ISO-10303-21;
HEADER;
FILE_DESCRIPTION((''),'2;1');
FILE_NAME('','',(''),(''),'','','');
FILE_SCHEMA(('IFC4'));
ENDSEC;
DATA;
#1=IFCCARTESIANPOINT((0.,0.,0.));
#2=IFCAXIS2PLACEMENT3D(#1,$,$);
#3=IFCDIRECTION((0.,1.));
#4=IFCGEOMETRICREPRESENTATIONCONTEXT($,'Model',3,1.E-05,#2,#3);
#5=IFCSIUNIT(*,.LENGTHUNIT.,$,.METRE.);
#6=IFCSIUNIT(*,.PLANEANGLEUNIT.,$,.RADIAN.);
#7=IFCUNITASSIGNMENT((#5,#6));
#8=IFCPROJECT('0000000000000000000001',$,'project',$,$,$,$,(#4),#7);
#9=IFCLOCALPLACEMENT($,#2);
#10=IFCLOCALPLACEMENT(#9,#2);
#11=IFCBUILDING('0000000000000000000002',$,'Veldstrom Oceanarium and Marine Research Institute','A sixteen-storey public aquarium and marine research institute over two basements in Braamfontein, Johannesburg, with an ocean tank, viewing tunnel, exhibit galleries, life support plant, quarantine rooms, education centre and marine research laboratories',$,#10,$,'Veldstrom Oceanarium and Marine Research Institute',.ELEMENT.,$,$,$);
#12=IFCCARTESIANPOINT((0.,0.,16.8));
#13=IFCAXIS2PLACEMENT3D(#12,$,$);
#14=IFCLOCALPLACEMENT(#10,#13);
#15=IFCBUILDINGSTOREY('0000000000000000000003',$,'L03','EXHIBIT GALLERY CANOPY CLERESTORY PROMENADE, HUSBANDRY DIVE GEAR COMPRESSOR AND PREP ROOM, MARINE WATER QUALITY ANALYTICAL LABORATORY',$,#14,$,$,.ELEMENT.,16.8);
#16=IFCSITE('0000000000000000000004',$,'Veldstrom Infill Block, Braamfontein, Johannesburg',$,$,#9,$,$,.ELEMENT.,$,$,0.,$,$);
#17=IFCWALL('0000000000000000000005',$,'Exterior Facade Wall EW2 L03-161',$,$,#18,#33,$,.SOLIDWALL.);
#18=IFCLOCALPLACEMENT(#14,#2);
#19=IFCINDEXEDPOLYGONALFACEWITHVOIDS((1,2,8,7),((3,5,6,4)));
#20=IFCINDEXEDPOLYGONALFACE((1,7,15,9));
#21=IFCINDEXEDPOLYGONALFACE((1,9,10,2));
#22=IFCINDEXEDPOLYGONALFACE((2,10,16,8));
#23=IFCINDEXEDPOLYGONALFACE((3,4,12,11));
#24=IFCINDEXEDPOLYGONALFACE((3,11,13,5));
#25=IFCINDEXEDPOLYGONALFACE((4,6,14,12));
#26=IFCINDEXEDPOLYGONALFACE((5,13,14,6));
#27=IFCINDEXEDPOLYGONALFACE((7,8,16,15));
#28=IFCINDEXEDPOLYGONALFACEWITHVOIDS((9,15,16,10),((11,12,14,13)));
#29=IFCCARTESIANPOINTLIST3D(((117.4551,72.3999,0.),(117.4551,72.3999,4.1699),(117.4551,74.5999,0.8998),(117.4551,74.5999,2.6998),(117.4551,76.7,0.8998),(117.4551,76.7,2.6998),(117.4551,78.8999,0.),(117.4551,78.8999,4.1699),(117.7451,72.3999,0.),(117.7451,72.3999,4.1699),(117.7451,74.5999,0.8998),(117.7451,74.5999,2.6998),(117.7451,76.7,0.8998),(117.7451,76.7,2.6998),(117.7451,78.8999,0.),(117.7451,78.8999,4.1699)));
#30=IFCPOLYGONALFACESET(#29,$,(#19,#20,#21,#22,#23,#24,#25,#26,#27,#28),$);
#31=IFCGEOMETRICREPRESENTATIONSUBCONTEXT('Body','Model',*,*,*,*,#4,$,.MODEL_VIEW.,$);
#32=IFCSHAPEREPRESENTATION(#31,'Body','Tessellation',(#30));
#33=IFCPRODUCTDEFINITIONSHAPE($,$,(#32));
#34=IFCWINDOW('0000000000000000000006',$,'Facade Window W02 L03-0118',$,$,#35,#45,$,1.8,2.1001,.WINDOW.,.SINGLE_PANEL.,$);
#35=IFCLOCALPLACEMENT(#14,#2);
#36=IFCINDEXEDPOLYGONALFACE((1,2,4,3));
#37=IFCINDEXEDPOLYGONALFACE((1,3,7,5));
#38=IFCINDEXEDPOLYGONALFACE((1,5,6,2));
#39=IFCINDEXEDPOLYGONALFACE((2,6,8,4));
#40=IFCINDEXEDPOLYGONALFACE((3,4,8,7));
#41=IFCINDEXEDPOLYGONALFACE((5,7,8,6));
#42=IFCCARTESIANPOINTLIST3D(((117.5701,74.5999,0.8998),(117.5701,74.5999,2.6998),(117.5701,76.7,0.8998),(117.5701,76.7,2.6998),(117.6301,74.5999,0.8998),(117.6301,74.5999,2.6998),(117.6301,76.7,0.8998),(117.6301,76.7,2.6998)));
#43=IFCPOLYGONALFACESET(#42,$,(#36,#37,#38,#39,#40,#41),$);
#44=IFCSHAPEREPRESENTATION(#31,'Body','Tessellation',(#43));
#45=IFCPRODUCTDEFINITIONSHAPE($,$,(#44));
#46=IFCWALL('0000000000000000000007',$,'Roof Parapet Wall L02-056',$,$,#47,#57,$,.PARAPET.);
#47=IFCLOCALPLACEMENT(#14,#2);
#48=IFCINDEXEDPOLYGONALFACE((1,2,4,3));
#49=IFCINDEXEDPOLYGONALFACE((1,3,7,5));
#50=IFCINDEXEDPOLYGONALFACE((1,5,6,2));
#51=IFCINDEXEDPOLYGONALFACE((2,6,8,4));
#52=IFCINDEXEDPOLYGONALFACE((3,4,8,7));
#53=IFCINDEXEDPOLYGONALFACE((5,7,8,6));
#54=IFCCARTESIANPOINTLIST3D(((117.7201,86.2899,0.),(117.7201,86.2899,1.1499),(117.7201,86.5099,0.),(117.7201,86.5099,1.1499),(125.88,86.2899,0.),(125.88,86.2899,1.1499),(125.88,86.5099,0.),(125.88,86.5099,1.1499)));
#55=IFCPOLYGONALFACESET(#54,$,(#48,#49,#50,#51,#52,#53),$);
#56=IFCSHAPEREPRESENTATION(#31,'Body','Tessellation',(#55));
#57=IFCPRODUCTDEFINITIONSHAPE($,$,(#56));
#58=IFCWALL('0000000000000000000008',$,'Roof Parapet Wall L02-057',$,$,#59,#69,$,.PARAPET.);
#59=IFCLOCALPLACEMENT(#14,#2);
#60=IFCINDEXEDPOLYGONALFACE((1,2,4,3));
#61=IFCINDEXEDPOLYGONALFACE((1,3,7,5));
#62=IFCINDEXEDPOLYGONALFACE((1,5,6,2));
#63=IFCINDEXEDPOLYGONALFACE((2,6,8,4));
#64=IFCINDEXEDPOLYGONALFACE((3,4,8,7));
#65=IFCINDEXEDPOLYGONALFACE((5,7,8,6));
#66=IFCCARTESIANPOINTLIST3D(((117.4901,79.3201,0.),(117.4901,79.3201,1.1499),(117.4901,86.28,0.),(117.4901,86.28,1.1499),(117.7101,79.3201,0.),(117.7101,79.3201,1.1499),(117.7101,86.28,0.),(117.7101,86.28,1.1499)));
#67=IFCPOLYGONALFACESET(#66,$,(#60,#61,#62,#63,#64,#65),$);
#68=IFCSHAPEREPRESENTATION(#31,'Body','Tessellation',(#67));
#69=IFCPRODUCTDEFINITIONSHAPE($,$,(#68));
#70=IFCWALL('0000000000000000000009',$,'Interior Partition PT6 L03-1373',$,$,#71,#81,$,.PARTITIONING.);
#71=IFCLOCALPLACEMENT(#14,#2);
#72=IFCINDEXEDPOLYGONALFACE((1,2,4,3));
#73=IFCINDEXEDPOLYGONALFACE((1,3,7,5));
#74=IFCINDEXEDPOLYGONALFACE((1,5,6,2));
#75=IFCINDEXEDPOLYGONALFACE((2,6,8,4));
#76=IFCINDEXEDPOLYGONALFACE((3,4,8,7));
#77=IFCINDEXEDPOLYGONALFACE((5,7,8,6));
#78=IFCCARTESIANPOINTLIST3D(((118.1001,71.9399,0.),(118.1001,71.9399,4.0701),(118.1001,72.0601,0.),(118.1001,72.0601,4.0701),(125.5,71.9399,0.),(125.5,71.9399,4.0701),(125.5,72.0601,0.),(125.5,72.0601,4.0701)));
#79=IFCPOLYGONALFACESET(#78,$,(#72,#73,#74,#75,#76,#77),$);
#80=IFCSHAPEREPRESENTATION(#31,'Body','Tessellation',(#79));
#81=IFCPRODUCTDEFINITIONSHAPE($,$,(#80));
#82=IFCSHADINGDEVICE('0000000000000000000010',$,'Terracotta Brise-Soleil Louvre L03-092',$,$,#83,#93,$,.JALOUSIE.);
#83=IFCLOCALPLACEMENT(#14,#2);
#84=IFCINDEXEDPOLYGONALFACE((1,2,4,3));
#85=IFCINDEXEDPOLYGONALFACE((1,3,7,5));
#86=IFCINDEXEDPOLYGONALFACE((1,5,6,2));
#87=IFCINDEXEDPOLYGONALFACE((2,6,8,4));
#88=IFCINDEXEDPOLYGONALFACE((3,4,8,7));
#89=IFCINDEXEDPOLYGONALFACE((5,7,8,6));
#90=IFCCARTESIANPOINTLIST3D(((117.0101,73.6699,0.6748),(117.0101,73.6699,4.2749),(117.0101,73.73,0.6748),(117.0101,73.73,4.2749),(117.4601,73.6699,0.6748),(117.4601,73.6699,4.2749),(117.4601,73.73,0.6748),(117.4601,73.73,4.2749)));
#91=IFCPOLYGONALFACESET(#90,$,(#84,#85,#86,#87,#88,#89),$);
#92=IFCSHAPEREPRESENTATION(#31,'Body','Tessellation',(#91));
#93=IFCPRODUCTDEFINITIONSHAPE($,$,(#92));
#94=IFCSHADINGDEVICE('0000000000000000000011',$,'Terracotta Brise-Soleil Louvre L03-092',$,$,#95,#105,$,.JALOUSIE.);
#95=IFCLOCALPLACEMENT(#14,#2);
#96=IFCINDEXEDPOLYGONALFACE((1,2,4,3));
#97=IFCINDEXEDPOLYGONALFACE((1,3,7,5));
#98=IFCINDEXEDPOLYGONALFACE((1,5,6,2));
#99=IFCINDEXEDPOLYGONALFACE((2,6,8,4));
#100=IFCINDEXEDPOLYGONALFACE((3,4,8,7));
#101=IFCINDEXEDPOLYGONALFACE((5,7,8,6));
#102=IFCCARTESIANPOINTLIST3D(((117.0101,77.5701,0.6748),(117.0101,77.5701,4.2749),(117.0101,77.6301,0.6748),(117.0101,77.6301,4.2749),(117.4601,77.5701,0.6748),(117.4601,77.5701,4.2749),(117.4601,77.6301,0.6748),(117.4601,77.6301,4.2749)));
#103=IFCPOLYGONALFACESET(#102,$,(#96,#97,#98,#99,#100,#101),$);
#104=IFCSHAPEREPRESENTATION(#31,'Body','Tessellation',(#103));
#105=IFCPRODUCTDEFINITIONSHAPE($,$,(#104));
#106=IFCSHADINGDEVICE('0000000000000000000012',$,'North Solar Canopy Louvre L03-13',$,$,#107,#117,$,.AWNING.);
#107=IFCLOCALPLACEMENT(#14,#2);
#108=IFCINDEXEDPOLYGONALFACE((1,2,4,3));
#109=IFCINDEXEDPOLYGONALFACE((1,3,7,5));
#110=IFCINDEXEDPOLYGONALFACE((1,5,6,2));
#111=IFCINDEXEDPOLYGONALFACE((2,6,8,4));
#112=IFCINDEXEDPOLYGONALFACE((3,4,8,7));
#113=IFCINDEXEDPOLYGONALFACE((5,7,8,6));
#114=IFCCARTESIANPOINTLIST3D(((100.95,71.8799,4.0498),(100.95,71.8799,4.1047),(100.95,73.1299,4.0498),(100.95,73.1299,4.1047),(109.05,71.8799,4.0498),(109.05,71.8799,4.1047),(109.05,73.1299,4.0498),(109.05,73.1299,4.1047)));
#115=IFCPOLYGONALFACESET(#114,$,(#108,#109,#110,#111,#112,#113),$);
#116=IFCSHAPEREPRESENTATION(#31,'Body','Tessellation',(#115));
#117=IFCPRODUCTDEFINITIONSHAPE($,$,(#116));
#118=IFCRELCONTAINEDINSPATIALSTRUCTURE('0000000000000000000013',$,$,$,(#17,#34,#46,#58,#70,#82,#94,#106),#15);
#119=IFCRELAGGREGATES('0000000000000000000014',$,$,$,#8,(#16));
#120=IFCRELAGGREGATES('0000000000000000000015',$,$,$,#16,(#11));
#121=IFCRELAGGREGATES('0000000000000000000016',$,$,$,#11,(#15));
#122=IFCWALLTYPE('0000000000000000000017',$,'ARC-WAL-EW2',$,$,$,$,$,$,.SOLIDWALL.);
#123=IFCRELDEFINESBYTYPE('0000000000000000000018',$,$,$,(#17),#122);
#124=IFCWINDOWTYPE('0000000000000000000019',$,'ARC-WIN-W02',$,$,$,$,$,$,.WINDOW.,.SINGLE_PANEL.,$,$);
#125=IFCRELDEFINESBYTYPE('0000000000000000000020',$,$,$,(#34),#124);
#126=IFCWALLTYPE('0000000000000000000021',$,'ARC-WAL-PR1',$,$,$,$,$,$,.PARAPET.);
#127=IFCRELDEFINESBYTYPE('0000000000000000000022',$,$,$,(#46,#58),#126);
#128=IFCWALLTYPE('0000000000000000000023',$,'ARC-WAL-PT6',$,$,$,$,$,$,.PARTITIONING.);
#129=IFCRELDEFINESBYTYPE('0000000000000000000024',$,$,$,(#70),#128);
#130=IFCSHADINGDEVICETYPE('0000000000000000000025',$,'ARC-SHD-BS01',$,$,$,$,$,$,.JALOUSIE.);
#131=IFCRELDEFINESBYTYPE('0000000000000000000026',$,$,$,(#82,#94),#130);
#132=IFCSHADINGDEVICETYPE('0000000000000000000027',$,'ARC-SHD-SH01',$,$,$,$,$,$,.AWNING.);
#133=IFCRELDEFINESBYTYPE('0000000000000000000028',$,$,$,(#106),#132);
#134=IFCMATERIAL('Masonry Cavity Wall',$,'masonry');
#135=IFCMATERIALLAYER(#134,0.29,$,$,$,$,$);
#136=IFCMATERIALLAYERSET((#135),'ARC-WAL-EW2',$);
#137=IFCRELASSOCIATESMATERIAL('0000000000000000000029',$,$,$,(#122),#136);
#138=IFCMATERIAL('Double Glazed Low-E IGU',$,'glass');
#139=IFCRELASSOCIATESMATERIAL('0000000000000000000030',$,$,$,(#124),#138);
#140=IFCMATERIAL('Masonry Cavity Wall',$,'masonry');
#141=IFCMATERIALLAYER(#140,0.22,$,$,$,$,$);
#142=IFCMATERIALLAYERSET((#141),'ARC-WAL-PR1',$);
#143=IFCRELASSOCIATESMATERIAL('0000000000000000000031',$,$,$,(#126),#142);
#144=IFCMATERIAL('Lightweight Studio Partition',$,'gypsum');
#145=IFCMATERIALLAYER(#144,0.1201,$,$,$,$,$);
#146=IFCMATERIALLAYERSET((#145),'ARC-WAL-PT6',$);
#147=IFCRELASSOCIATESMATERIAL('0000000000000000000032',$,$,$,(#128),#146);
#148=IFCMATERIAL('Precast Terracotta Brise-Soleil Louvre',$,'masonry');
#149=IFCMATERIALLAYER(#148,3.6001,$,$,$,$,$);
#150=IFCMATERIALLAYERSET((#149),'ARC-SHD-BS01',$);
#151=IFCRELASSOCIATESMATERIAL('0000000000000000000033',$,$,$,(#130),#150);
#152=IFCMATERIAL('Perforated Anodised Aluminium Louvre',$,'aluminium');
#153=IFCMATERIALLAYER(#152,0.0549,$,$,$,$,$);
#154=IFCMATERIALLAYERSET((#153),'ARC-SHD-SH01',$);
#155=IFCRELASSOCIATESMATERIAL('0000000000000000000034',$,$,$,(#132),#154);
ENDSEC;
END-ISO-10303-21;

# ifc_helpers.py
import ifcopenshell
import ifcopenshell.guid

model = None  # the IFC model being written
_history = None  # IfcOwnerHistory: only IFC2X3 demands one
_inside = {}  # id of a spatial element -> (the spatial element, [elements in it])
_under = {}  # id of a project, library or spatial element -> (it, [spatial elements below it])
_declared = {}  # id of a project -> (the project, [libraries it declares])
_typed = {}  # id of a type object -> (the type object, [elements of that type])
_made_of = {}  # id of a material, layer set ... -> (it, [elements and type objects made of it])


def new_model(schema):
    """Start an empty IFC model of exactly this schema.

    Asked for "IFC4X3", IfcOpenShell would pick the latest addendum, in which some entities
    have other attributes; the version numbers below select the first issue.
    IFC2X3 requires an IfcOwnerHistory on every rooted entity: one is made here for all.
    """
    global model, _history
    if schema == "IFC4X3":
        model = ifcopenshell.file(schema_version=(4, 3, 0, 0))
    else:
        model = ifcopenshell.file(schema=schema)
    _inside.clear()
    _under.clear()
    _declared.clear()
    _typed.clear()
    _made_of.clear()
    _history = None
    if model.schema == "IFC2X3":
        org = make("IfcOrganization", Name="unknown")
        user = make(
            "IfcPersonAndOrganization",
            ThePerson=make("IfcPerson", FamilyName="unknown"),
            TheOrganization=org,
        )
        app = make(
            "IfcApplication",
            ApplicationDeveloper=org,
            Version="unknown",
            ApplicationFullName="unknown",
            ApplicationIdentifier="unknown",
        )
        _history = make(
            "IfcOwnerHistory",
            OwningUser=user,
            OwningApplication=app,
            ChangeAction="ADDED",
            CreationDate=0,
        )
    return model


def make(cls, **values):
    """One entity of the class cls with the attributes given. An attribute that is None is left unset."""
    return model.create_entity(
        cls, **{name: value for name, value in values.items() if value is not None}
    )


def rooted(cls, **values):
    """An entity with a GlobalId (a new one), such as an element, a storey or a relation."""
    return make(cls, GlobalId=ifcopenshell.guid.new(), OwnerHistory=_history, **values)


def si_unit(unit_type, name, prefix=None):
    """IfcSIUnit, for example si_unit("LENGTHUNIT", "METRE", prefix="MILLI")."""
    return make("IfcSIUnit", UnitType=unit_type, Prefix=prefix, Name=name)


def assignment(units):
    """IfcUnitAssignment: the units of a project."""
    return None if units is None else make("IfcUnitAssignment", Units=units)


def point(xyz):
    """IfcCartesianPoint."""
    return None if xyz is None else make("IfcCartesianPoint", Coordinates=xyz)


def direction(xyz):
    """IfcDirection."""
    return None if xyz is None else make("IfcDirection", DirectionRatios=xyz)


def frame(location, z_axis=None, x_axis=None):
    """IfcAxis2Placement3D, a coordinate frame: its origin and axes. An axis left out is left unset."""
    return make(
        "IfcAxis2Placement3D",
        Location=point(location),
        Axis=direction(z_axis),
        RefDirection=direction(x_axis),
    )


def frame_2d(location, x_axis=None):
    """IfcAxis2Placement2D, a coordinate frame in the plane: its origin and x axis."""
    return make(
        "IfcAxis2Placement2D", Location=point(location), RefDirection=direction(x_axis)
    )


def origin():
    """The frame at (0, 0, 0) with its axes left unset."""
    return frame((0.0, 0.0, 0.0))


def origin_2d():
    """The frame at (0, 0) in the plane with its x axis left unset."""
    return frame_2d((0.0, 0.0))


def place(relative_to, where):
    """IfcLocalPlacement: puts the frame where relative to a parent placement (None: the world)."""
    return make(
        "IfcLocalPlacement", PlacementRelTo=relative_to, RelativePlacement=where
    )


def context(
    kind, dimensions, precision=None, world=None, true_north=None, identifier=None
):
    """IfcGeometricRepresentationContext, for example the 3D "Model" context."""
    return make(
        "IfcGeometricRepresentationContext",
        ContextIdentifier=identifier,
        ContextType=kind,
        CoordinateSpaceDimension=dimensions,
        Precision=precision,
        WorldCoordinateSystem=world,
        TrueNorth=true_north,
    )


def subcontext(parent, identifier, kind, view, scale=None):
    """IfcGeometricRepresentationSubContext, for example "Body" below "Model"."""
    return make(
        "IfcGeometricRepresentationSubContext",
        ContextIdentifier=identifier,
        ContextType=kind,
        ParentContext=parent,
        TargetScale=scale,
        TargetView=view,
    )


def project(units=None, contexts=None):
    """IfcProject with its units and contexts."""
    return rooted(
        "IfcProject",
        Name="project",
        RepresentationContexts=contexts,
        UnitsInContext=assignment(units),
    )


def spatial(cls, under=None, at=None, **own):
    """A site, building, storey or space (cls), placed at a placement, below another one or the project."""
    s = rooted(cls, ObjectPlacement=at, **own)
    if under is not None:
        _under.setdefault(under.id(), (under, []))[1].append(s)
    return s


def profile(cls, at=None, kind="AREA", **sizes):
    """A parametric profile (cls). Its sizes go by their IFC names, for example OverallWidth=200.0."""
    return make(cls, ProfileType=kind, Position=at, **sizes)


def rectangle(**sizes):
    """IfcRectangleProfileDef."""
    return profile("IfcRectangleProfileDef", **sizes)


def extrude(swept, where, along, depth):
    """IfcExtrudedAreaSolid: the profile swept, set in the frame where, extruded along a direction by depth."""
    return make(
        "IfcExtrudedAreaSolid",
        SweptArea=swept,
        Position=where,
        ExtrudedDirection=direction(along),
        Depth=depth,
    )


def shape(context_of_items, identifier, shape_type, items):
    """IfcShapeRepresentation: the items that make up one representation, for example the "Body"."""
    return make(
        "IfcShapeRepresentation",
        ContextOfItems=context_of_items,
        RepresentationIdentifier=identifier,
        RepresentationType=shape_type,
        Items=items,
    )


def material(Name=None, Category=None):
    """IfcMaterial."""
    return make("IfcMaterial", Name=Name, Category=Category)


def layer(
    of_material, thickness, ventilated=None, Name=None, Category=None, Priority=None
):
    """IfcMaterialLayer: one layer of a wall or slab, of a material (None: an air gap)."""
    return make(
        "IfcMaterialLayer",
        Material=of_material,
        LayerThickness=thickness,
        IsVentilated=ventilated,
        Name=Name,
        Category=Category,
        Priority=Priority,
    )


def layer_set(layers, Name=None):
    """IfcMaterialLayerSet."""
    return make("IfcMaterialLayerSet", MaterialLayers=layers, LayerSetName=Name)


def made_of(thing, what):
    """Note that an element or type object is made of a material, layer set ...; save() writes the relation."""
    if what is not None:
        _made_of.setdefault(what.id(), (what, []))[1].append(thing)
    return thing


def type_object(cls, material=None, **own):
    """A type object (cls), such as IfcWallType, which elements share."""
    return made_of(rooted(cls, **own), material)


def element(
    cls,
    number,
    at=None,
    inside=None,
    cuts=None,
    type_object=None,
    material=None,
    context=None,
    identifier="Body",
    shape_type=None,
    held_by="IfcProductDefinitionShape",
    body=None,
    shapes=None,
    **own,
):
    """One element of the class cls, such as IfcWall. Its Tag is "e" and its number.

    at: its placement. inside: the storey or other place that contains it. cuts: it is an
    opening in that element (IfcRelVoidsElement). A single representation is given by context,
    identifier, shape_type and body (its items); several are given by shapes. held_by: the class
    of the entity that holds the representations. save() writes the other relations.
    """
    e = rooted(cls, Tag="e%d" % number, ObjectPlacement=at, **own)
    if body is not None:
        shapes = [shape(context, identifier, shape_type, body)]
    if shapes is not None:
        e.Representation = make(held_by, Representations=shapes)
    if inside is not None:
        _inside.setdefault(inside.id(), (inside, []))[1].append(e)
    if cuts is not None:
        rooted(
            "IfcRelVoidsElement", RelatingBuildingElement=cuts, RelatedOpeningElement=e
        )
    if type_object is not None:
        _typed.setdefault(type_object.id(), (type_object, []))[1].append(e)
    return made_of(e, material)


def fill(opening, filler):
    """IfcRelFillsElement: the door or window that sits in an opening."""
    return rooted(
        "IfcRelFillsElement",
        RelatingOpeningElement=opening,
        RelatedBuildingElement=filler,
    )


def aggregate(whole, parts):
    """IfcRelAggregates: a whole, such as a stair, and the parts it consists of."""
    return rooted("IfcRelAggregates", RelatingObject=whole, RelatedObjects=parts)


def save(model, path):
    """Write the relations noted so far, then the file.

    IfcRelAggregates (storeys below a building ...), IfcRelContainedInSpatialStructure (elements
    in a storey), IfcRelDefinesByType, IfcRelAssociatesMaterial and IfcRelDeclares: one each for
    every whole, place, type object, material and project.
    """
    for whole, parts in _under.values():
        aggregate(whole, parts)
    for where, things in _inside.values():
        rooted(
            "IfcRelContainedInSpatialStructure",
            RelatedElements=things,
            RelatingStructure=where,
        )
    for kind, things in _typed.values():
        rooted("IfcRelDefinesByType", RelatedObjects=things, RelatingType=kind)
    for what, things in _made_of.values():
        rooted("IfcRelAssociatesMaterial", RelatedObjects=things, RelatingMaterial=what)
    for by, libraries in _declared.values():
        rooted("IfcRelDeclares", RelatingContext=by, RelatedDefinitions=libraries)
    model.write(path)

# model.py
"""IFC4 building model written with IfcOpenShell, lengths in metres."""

from ifc_helpers import new_model, si_unit, direction, frame, frame_2d, origin, origin_2d, place, context, subcontext, project, spatial, rectangle, extrude, material, layer, layer_set, type_object, element, fill, save


model = new_model("IFC4")

# Units and contexts
model_context = context("Model", 3, precision=1e-05, world=origin(), true_north=direction((0.0, 1.0)))
body_context = subcontext(model_context, "Body", "Model", "MODEL_VIEW")
ifc_project = project(units=[si_unit("LENGTHUNIT", "METRE"), si_unit("PLANEANGLEUNIT", "RADIAN")], contexts=[model_context])

# Site, building, storey
site_placement = place(None, origin())
site = spatial("IfcSite", under=ifc_project, at=site_placement, Name="Veldstrom Infill Block, Braamfontein, Johannesburg", CompositionType="ELEMENT", RefElevation=0.0)
building_placement = place(site_placement, origin())
building = spatial("IfcBuilding", under=site, at=building_placement, Name="Veldstrom Oceanarium and Marine Research Institute", Description="A sixteen-storey public aquarium and marine research institute over two basements in Braamfontein, Johannesburg, with an ocean tank, viewing tunnel, exhibit galleries, life support plant, quarantine rooms, education centre and marine research laboratories", LongName="Veldstrom Oceanarium and Marine Research Institute", CompositionType="ELEMENT")
storey_placement = place(building_placement, frame((0.0, 0.0, 16.8)))
storey = spatial("IfcBuildingStorey", under=building, at=storey_placement, Name="L03", Description="EXHIBIT GALLERY CANOPY CLERESTORY PROMENADE, HUSBANDRY DIVE GEAR COMPRESSOR AND PREP ROOM, MARINE WATER QUALITY ANALYTICAL LABORATORY", CompositionType="ELEMENT", Elevation=16.8)

# Wall, opening, window
ifc_material_1 = material(Name="Masonry Cavity Wall", Category="masonry")
ifc_layer_1 = layer(ifc_material_1, 0.29)
ifc_layer_set_1 = layer_set([ifc_layer_1], Name="ARC-WAL-EW2")
wall_type_1 = type_object("IfcWallType", Name="ARC-WAL-EW2", PredefinedType="SOLIDWALL", material=ifc_layer_set_1)
wall_1_placement = place(storey_placement, frame((117.6001, 72.3999, 0.0), z_axis=(0.0, 0.0, 1.0), x_axis=(0.0, 1.0, 0.0)))
wall_1 = element("IfcWall", 1, at=wall_1_placement, inside=storey, type_object=wall_type_1, Name="Exterior Facade Wall EW2 L03-161", PredefinedType="SOLIDWALL", context=body_context, shape_type="SweptSolid", body=[
    extrude(rectangle(XDim=6.5, YDim=0.29, at=frame_2d((3.25, 0.0))), origin(), (0.0, 0.0, 1.0), 4.1699),
])
opening_placement = place(wall_1_placement, frame((2.2, 0.0, 0.8999)))
opening = element("IfcOpeningElement", 2, at=opening_placement, cuts=wall_1, PredefinedType="OPENING", context=body_context, shape_type="SweptSolid", body=[
    extrude(rectangle(XDim=2.1001, YDim=1.8, at=frame_2d((1.05, 0.8999))), frame((0.0, 0.155, 0.0), z_axis=(0.0, -1.0, 0.0), x_axis=(1.0, 0.0, 0.0)), (0.0, 0.0, 1.0), 0.3101),
])
ifc_material_2 = material(Name="Double Glazed Low-E IGU", Category="glass")
window_type = type_object("IfcWindowType", Name="ARC-WIN-W02", PartitioningType="SINGLE_PANEL", PredefinedType="WINDOW", material=ifc_material_2)
window_placement = place(opening_placement, origin())
window = element("IfcWindow", 3, at=window_placement, inside=storey, type_object=window_type, Name="Facade Window W02 L03-0118", OverallHeight=1.8, OverallWidth=2.1001, PartitioningType="SINGLE_PANEL", PredefinedType="WINDOW", context=body_context, shape_type="SweptSolid", body=[
    extrude(rectangle(XDim=2.1001, YDim=1.8, at=frame_2d((1.05, 0.8999))), frame((0.0, 0.03, 0.0), z_axis=(0.0, -1.0, 0.0), x_axis=(1.0, 0.0, 0.0)), (0.0, 0.0, 1.0), 0.0601),
])
fill(opening, window)

# Walls
ifc_material_3 = material(Name="Masonry Cavity Wall", Category="masonry")
ifc_layer_2 = layer(ifc_material_3, 0.22)
ifc_layer_set_2 = layer_set([ifc_layer_2], Name="ARC-WAL-PR1")
wall_type_2 = type_object("IfcWallType", Name="ARC-WAL-PR1", PredefinedType="PARAPET", material=ifc_layer_set_2)
wall_2_placement = place(storey_placement, frame((117.72, 86.3999, 0.0), z_axis=(0.0, 0.0, 1.0), x_axis=(1.0, 0.0, 0.0)))
element("IfcWall", 4, at=wall_2_placement, inside=storey, type_object=wall_type_2, Name="Roof Parapet Wall L02-056", PredefinedType="PARAPET", context=body_context, shape_type="SweptSolid", body=[
    extrude(rectangle(XDim=8.1599, YDim=0.22, at=frame_2d((4.0801, 0.0))), origin(), (0.0, 0.0, 1.0), 1.1499),
])
wall_3_placement = place(storey_placement, frame((117.6001, 79.3201, 0.0), z_axis=(0.0, 0.0, 1.0), x_axis=(0.0, 1.0, 0.0)))
element("IfcWall", 5, at=wall_3_placement, inside=storey, type_object=wall_type_2, Name="Roof Parapet Wall L02-057", PredefinedType="PARAPET", context=body_context, shape_type="SweptSolid", body=[
    extrude(rectangle(XDim=6.96, YDim=0.22, at=frame_2d((3.48, 0.0))), origin(), (0.0, 0.0, 1.0), 1.1499),
])
ifc_material_4 = material(Name="Lightweight Studio Partition", Category="gypsum")
ifc_layer_3 = layer(ifc_material_4, 0.1201)
ifc_layer_set_3 = layer_set([ifc_layer_3], Name="ARC-WAL-PT6")
wall_type_3 = type_object("IfcWallType", Name="ARC-WAL-PT6", PredefinedType="PARTITIONING", material=ifc_layer_set_3)
wall_4_placement = place(storey_placement, frame((118.1001, 72.0, 0.0), z_axis=(0.0, 0.0, 1.0), x_axis=(1.0, 0.0, 0.0)))
element("IfcWall", 6, at=wall_4_placement, inside=storey, type_object=wall_type_3, Name="Interior Partition PT6 L03-1373", PredefinedType="PARTITIONING", context=body_context, shape_type="SweptSolid", body=[
    extrude(rectangle(XDim=7.3999, YDim=0.1201, at=frame_2d((3.7, 0.0))), origin(), (0.0, 0.0, 1.0), 4.0701),
])

# Shading devices
ifc_material_5 = material(Name="Precast Terracotta Brise-Soleil Louvre", Category="masonry")
ifc_layer_4 = layer(ifc_material_5, 3.6001)
ifc_layer_set_4 = layer_set([ifc_layer_4], Name="ARC-SHD-BS01")
shading_device_type_1 = type_object("IfcShadingDeviceType", Name="ARC-SHD-BS01", PredefinedType="JALOUSIE", material=ifc_layer_set_4)
for number, where, z_axis, x_axis, name in (
    (7, (117.2351, 73.7, 0.6748), (0.0, 0.0, 1.0), (1.0, 0.0, 0.0), "Terracotta Brise-Soleil Louvre L03-092"),
    (8, (117.2351, 77.6001, 0.6748), (0.0, 0.0, 1.0), (1.0, 0.0, 0.0), "Terracotta Brise-Soleil Louvre L03-092"),
):
    element("IfcShadingDevice", number, at=place(storey_placement, frame(where, z_axis=z_axis, x_axis=x_axis)), inside=storey, type_object=shading_device_type_1, Name=name, PredefinedType="JALOUSIE", context=body_context, shape_type="SweptSolid", body=[
        extrude(rectangle(XDim=0.45, YDim=0.0601, at=origin_2d()), origin(), (0.0, 0.0, 1.0), 3.6001),
    ])
ifc_material_6 = material(Name="Perforated Anodised Aluminium Louvre", Category="aluminium")
ifc_layer_5 = layer(ifc_material_6, 0.0549)
ifc_layer_set_5 = layer_set([ifc_layer_5], Name="ARC-SHD-SH01")
shading_device_type_2 = type_object("IfcShadingDeviceType", Name="ARC-SHD-SH01", PredefinedType="AWNING", material=ifc_layer_set_5)
shading_device_placement = place(storey_placement, frame((105.0, 72.5049, 4.0498), z_axis=(0.0, 0.0, 1.0), x_axis=(1.0, 0.0, 0.0)))
element("IfcShadingDevice", 9, at=shading_device_placement, inside=storey, type_object=shading_device_type_2, Name="North Solar Canopy Louvre L03-13", PredefinedType="AWNING", context=body_context, shape_type="SweptSolid", body=[
    extrude(rectangle(XDim=8.1001, YDim=1.25, at=origin_2d()), origin(), (0.0, 0.0, 1.0), 0.0549),
])

save(model, "model.ifc")
